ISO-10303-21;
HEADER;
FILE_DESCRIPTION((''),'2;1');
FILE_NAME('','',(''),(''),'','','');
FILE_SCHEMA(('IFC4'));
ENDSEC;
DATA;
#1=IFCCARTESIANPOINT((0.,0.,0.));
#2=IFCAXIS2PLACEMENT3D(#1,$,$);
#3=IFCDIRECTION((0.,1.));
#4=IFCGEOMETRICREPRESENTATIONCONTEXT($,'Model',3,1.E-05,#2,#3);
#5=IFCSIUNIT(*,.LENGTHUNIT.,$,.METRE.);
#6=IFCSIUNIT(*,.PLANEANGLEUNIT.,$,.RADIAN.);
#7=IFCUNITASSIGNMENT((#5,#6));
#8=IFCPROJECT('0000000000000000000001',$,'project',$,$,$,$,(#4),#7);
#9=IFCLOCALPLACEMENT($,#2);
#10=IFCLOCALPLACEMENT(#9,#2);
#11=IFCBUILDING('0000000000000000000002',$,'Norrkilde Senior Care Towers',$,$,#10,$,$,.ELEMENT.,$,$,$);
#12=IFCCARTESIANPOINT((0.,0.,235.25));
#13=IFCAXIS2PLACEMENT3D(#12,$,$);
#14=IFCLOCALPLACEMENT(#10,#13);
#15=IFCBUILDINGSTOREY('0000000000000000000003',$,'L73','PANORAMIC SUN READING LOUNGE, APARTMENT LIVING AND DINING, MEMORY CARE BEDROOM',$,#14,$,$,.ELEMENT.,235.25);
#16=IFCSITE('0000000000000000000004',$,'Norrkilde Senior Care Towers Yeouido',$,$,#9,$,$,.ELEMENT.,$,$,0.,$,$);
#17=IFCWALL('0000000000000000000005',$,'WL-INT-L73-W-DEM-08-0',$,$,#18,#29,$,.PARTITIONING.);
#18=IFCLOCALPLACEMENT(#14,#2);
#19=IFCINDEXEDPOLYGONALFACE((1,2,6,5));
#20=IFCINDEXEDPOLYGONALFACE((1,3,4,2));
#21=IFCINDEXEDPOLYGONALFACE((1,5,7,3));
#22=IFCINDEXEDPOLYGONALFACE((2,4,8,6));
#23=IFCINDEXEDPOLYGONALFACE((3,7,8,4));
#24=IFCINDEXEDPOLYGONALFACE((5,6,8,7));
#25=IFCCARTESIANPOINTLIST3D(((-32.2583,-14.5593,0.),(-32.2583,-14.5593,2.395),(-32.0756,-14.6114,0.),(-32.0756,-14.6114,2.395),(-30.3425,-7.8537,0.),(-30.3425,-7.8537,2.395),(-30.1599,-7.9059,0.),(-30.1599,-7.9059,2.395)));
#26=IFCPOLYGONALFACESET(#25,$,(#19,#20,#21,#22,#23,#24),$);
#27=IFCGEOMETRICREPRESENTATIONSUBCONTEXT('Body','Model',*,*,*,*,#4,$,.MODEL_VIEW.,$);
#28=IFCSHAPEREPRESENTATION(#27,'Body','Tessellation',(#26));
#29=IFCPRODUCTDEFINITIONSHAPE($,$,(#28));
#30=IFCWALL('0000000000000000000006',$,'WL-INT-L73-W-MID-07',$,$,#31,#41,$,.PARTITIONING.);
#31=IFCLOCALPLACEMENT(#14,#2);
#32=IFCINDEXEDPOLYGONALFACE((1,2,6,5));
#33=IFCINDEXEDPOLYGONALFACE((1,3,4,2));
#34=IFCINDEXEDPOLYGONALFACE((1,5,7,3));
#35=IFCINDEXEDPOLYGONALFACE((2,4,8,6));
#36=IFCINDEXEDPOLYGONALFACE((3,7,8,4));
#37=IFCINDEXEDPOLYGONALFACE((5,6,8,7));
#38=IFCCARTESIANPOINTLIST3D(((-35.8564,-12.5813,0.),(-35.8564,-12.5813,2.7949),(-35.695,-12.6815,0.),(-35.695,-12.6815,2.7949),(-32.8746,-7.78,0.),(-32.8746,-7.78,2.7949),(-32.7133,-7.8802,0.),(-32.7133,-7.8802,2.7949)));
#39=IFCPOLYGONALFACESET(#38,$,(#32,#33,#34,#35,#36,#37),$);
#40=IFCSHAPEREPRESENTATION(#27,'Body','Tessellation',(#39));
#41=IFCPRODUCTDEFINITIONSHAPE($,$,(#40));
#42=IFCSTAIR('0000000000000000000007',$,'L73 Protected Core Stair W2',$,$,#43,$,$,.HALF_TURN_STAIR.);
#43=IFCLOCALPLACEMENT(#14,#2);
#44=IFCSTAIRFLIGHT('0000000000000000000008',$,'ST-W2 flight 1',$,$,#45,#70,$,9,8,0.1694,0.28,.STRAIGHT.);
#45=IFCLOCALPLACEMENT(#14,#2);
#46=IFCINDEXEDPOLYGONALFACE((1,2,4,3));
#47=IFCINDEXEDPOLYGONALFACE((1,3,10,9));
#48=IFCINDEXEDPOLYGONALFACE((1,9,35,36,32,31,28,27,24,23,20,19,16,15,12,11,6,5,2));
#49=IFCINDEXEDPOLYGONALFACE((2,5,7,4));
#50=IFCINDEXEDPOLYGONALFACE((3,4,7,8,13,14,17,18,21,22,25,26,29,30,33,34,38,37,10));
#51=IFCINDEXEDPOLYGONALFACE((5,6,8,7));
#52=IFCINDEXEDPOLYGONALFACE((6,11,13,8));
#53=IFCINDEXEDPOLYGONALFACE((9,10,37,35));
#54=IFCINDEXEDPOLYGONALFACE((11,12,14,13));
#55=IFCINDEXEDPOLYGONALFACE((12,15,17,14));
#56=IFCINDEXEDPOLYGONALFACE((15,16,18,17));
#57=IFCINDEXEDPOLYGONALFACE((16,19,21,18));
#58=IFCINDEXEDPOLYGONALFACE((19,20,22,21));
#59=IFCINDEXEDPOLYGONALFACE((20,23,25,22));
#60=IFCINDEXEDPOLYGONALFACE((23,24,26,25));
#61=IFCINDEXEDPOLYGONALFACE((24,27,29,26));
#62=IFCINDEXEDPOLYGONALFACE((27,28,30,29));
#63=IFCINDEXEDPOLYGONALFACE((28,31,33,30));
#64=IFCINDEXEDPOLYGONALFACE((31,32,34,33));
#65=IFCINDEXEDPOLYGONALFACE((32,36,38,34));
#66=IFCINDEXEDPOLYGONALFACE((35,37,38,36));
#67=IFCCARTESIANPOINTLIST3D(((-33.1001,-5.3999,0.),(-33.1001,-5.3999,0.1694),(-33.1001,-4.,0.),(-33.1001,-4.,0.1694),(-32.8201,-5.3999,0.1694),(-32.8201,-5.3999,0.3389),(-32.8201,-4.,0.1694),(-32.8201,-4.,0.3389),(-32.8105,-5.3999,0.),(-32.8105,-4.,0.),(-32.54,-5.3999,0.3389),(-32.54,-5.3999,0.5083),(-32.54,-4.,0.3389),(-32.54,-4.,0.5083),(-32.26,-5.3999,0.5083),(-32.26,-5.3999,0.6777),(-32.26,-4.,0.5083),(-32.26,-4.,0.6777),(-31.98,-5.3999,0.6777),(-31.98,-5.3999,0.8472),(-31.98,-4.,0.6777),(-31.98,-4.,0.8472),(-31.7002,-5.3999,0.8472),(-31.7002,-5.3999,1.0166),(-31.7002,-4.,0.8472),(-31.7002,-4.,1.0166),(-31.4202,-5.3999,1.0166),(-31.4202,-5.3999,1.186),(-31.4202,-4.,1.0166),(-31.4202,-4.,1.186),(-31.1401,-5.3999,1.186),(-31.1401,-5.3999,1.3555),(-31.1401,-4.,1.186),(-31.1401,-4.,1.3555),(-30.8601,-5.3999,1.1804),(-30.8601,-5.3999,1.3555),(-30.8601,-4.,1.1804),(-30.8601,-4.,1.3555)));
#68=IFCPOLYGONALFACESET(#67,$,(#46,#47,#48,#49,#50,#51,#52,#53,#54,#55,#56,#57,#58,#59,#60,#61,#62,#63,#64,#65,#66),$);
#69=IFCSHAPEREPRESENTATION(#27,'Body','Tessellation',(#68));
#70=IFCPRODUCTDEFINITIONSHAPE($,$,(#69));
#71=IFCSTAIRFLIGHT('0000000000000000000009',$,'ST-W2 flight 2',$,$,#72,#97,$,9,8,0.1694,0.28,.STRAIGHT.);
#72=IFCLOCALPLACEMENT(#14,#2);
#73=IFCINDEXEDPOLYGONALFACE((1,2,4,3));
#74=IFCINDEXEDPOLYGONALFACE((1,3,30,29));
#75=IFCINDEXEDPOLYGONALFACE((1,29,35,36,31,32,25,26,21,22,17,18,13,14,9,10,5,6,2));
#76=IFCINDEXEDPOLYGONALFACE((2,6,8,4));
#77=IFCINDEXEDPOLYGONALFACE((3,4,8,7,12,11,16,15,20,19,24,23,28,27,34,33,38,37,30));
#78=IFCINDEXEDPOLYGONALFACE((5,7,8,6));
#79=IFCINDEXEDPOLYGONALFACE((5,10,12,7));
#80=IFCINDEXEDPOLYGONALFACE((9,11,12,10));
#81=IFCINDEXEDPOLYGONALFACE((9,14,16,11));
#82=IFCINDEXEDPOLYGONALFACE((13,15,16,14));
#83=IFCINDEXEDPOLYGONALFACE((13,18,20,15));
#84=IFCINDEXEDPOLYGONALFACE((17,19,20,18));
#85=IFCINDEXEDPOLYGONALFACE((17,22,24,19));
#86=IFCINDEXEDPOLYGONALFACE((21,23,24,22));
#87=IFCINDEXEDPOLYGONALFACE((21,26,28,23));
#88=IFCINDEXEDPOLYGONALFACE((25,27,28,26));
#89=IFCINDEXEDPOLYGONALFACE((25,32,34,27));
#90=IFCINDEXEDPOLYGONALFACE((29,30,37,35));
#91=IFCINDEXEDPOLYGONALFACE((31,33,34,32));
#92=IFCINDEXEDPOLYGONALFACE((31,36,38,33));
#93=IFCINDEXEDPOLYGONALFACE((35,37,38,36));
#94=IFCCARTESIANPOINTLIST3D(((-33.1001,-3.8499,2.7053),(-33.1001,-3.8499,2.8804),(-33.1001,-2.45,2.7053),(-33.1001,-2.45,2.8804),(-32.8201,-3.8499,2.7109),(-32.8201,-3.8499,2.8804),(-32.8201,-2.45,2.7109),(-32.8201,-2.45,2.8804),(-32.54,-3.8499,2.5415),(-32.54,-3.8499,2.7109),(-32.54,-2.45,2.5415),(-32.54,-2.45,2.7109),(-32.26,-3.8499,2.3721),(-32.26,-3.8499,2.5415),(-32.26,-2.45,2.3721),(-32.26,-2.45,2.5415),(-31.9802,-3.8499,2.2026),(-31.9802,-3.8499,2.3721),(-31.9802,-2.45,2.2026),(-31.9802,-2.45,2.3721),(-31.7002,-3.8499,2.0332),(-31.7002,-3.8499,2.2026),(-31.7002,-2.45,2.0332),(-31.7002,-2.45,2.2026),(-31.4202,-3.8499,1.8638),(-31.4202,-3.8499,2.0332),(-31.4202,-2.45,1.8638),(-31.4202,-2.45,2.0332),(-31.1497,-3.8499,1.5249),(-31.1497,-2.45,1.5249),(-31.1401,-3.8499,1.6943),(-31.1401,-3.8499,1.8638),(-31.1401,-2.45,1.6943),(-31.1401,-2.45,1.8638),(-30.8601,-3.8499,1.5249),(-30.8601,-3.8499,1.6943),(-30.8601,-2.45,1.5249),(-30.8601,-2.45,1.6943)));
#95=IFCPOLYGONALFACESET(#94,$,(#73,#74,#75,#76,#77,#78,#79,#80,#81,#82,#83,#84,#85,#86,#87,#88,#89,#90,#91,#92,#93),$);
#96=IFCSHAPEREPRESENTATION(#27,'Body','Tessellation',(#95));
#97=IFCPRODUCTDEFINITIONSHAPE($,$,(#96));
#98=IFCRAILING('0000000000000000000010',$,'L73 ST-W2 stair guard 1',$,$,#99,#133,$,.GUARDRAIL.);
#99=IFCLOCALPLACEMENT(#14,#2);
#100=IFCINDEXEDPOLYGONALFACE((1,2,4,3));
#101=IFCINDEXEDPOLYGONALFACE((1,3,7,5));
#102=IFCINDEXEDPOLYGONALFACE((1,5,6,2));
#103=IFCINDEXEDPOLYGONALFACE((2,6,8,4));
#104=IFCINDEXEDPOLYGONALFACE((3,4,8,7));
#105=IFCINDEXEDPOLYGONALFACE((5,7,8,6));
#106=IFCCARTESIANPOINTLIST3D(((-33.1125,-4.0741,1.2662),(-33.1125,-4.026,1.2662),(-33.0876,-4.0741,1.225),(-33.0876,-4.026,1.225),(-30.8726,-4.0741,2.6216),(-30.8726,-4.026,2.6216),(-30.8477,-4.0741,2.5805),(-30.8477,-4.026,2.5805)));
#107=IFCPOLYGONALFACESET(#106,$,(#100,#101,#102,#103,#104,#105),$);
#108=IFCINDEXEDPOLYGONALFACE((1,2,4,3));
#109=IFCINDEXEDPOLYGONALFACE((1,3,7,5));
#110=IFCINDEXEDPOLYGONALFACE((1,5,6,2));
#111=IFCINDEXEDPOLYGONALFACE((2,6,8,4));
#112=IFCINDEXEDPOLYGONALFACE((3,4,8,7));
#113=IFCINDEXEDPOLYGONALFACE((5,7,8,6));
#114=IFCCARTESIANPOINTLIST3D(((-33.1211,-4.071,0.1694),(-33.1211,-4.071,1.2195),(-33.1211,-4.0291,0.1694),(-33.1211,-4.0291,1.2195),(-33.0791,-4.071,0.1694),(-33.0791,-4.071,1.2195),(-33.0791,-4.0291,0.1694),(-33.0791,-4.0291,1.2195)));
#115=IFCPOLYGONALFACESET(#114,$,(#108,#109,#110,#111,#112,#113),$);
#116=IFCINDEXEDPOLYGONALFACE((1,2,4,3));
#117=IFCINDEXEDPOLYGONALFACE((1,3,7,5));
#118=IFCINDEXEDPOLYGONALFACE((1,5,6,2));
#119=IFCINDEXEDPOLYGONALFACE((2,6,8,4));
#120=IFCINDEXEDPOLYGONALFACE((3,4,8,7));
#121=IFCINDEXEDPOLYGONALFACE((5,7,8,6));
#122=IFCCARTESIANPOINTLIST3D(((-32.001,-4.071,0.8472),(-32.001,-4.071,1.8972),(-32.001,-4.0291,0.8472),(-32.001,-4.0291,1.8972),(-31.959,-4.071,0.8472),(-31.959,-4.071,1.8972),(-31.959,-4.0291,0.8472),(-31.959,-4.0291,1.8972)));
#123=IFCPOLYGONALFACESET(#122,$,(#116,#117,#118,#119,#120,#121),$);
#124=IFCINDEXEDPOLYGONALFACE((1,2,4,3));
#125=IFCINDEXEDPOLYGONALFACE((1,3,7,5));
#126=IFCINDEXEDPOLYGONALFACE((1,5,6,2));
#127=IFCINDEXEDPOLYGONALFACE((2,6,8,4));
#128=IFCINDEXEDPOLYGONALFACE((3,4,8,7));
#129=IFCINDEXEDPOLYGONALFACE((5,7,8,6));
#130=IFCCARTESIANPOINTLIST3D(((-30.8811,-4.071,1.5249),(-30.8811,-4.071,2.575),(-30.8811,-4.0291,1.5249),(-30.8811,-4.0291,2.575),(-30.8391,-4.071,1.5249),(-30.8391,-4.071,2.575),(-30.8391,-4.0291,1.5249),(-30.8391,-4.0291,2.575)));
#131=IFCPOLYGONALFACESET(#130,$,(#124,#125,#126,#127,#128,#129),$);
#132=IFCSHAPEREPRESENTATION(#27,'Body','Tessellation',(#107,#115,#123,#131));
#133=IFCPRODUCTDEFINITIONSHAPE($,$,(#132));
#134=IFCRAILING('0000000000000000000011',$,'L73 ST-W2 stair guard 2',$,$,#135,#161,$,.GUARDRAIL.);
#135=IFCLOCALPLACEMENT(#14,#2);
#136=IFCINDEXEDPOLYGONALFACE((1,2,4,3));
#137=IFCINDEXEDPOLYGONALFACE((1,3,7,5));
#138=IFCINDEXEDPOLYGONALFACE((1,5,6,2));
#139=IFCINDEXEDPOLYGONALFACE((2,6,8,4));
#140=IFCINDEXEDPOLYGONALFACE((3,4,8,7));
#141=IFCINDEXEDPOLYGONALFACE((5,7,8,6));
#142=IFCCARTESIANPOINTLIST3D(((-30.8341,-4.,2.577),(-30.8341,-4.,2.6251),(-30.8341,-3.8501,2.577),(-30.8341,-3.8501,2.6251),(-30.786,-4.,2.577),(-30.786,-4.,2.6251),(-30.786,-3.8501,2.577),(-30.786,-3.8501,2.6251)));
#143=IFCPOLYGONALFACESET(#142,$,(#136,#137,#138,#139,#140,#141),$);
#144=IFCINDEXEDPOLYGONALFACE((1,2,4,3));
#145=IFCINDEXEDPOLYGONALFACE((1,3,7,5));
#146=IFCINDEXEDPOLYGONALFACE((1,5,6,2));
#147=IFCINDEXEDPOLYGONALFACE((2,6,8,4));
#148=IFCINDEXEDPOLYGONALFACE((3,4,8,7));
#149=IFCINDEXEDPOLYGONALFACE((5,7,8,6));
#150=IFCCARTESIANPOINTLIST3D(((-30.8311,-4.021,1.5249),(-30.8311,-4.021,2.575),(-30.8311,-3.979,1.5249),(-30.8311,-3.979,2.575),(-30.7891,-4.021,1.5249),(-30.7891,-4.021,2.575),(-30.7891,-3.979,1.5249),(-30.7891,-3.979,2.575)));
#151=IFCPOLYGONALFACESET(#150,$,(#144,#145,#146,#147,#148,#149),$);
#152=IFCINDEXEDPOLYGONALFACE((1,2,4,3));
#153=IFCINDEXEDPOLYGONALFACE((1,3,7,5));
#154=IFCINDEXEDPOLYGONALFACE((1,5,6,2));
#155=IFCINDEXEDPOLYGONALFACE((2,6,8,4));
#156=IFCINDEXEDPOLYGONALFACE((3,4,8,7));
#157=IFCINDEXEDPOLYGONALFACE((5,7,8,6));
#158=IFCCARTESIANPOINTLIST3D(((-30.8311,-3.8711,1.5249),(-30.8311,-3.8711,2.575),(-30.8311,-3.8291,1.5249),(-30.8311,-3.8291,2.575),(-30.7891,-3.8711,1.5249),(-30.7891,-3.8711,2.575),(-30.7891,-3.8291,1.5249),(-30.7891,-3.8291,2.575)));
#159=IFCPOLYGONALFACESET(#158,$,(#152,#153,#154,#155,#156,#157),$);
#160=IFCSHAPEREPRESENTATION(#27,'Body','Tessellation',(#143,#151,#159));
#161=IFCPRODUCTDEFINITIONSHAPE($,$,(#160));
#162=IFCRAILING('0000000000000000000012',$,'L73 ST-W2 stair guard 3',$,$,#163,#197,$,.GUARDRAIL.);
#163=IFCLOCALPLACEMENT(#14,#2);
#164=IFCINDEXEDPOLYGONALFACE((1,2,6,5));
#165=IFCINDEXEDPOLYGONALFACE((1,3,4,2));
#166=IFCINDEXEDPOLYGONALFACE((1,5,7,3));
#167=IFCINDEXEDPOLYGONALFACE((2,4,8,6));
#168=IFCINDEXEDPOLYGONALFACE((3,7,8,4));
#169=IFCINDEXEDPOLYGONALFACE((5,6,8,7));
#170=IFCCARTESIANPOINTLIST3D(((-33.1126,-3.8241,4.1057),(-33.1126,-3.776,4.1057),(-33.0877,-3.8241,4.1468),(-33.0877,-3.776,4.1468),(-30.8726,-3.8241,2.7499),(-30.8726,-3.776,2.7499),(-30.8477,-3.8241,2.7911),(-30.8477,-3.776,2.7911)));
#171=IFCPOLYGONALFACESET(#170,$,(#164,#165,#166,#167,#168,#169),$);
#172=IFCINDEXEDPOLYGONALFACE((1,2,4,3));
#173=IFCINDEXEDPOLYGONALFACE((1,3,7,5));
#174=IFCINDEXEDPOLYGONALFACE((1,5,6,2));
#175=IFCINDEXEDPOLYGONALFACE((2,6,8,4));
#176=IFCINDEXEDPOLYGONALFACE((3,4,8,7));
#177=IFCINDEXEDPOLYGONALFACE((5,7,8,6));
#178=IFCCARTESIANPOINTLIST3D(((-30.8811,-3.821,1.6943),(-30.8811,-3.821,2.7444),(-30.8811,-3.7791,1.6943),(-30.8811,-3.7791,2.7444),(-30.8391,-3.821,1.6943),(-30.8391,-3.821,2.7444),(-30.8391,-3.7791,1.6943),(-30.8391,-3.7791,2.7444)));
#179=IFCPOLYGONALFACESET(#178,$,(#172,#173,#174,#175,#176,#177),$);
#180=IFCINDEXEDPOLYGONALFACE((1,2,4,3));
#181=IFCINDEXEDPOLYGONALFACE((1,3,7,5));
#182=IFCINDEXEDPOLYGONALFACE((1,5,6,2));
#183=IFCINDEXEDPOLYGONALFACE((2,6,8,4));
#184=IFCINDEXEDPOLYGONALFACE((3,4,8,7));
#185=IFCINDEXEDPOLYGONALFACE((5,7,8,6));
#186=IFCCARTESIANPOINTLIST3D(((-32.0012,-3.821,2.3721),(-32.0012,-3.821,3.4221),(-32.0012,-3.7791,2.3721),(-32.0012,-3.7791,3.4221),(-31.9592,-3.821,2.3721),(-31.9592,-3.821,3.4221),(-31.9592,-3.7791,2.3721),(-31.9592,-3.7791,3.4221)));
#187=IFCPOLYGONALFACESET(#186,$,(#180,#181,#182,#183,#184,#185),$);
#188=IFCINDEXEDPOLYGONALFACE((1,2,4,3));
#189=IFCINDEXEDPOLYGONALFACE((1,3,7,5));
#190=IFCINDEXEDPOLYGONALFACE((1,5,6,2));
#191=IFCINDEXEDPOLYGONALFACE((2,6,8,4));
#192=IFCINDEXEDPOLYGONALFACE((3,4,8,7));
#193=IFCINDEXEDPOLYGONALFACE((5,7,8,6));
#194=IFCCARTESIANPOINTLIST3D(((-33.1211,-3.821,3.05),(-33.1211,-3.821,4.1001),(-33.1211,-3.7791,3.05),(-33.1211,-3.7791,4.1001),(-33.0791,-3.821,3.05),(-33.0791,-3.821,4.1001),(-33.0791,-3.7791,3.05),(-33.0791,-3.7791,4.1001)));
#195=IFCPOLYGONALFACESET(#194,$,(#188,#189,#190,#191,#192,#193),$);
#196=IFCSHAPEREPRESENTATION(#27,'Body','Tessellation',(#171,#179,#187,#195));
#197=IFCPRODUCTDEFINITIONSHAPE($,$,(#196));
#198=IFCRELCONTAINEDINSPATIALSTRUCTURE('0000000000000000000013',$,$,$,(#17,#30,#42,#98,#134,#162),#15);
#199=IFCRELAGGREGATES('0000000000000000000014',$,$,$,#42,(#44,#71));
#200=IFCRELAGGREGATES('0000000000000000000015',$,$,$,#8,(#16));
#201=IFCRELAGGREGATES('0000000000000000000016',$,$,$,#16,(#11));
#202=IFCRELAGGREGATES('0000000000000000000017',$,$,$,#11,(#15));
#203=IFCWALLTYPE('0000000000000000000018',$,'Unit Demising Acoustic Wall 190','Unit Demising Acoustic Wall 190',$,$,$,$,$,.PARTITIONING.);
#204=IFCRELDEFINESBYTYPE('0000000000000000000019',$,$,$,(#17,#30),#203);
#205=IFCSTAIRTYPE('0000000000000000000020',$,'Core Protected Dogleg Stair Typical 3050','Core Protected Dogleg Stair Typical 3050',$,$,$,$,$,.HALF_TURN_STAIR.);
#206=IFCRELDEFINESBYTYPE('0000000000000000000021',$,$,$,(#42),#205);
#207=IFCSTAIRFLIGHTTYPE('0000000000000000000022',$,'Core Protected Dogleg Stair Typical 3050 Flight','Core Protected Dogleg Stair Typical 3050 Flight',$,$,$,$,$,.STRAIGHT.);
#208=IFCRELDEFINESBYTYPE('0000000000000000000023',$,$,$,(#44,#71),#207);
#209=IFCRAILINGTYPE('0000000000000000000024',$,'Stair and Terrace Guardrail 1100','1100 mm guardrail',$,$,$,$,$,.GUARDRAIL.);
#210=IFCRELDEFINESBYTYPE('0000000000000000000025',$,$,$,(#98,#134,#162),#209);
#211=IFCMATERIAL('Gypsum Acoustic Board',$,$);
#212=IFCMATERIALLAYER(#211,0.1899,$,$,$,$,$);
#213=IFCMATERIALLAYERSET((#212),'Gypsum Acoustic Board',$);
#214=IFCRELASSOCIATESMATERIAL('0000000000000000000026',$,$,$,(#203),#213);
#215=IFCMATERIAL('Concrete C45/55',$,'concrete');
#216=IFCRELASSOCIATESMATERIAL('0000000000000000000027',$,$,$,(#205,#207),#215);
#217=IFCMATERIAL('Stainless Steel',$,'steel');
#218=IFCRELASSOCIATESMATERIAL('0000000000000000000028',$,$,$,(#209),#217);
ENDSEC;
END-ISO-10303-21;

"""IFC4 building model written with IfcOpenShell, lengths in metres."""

from ifc_helpers import new_model, si_unit, direction, frame, frame_2d, origin, origin_2d, place, context, subcontext, project, spatial, polyline, rectangle, outline, extrude, source, transform, mapped, material, layer, layer_set, type_object, type_shapes, element, aggregate, save


model = new_model("IFC4")

# Units and contexts
model_context = context("Model", 3, precision=1e-05, world=origin(), true_north=direction((0.0, 1.0)))
body_context = subcontext(model_context, "Body", "Model", "MODEL_VIEW")
ifc_project = project(units=[si_unit("LENGTHUNIT", "METRE"), si_unit("PLANEANGLEUNIT", "RADIAN")], contexts=[model_context])

# Site, building, storey
site_placement = place(None, origin())
site = spatial("IfcSite", under=ifc_project, at=site_placement, Name="Norrkilde Senior Care Towers Yeouido", CompositionType="ELEMENT", RefElevation=0.0)
building_placement = place(site_placement, origin())
building = spatial("IfcBuilding", under=site, at=building_placement, Name="Norrkilde Senior Care Towers", CompositionType="ELEMENT")
storey_placement = place(building_placement, frame((0.0, 0.0, 235.25)))
storey = spatial("IfcBuildingStorey", under=building, at=storey_placement, Name="L73", Description="PANORAMIC SUN READING LOUNGE, APARTMENT LIVING AND DINING, MEMORY CARE BEDROOM", CompositionType="ELEMENT", Elevation=235.25)

# Shared definitions
ifc_material_1 = material(Name="Gypsum Acoustic Board")

# Shared definitions
ifc_material_2 = material(Name="Concrete C45/55", Category="concrete")

# Walls
ifc_layer_1 = layer(ifc_material_1, 0.1899)
ifc_layer_set_1 = layer_set([ifc_layer_1], Name="Gypsum Acoustic Board")
wall_type_1 = type_object("IfcWallType", Name="Unit Demising Acoustic Wall 190", Description="Unit Demising Acoustic Wall 190", PredefinedType="PARTITIONING", material=ifc_layer_set_1)
shared_shape_1 = source(origin(), body_context, "Body", "SweptSolid", [
    extrude(rectangle(XDim=6.9739, YDim=0.1899, at=frame_2d((3.4868, 0.0))), origin(), (0.0, 0.0, 1.0), 2.395),
])
wall_1_placement = place(storey_placement, frame((-30.2512, -7.8799, 0.0), z_axis=(0.0, 0.0, 1.0), x_axis=(-0.274707, -0.961528, 0.0)))
element("IfcWall", 1, at=wall_1_placement, inside=storey, type_object=wall_type_1, Name="WL-INT-L73-W-DEM-08-0", PredefinedType="PARTITIONING", context=body_context, shape_type="MappedRepresentation", body=[
    mapped(shared_shape_1, transform((0.0, 0.0, 0.0), x_axis=(1.0, 0.0, 0.0), y_axis=(0.0, 1.0, 0.0), z_axis=(0.0, 0.0, 1.0), scale=1.0)),
])
shared_shape_2 = source(origin(), body_context, "Body", "SweptSolid", [
    extrude(rectangle(XDim=5.6519, YDim=0.1899, at=frame_2d((2.8259, 0.0))), origin(), (0.0, 0.0, 1.0), 2.7949),
])
type_shapes(wall_type_1, [shared_shape_1, shared_shape_2])
wall_2_placement = place(storey_placement, frame((-32.7939, -7.8301, 0.0), z_axis=(0.0, 0.0, 1.0), x_axis=(-0.527566, -0.849514, 0.0)))
element("IfcWall", 2, at=wall_2_placement, inside=storey, type_object=wall_type_1, Name="WL-INT-L73-W-MID-07", PredefinedType="PARTITIONING", context=body_context, shape_type="MappedRepresentation", body=[
    mapped(shared_shape_2, transform((0.0, 0.0, 0.0), x_axis=(1.0, 0.0, 0.0), y_axis=(0.0, 1.0, 0.0), z_axis=(0.0, 0.0, 1.0), scale=1.0)),
])

# Stair, stair flights
stair_type = type_object("IfcStairType", Name="Core Protected Dogleg Stair Typical 3050", Description="Core Protected Dogleg Stair Typical 3050", PredefinedType="HALF_TURN_STAIR", material=ifc_material_2)
stair_placement = place(storey_placement, origin())
stair = element("IfcStair", 3, at=stair_placement, inside=storey, type_object=stair_type, Name="L73 Protected Core Stair W2", PredefinedType="HALF_TURN_STAIR")
stair_flight_type = type_object("IfcStairFlightType", Name="Core Protected Dogleg Stair Typical 3050 Flight", Description="Core Protected Dogleg Stair Typical 3050 Flight", PredefinedType="STRAIGHT", material=ifc_material_2)
stair_flight_1_placement = place(storey_placement, frame((-33.1001, -4.7, 0.0), z_axis=(0.0, 0.0, 1.0), x_axis=(1.0, 0.0, 0.0)))
stair_flight_1 = element("IfcStairFlight", 4, at=stair_flight_1_placement, type_object=stair_flight_type, Name="ST-W2 flight 1", NumberOfRisers=9, NumberOfTreads=8, PredefinedType="STRAIGHT", RiserHeight=0.1694, TreadLength=0.28, context=body_context, shape_type="SweptSolid", body=[
    extrude(outline(polyline([(0.0, 0.0), (0.0, 0.1694), (0.28, 0.1694), (0.28, 0.3389), (0.5601, 0.3389), (0.5601, 0.5083), (0.8401, 0.5083), (0.8401, 0.6777), (1.1201, 0.6777), (1.1201, 0.8472), (1.3999, 0.8472), (1.3999, 1.0166), (1.6799, 1.0166), (1.6799, 1.186), (1.96, 1.186), (1.96, 1.3555), (2.24, 1.3555), (2.24, 1.5249), (2.24, 1.1804), (0.2896, 0.0), (0.0, 0.0)])), frame((0.0, 0.7, 0.0), z_axis=(0.0, -1.0, 0.0), x_axis=(1.0, 0.0, 0.0)), (0.0, 0.0, 1.0), 1.3999),
])
stair_flight_2_placement = place(storey_placement, frame((-30.8601, -3.1499, 1.5249), z_axis=(0.0, 0.0, 1.0), x_axis=(-1.0, 0.0, 0.0)))
stair_flight_2 = element("IfcStairFlight", 5, at=stair_flight_2_placement, type_object=stair_flight_type, Name="ST-W2 flight 2", NumberOfRisers=9, NumberOfTreads=8, PredefinedType="STRAIGHT", RiserHeight=0.1694, TreadLength=0.28, context=body_context, shape_type="SweptSolid", body=[
    extrude(outline(polyline([(0.0, 0.0), (0.0, 0.1694), (0.28, 0.1694), (0.28, 0.3389), (0.5601, 0.3389), (0.5601, 0.5083), (0.8401, 0.5083), (0.8401, 0.6777), (1.1201, 0.6777), (1.1201, 0.8472), (1.3999, 0.8472), (1.3999, 1.0166), (1.6799, 1.0166), (1.6799, 1.186), (1.96, 1.186), (1.96, 1.3555), (2.24, 1.3555), (2.24, 1.5249), (2.24, 1.1804), (0.2896, 0.0), (0.0, 0.0)])), frame((0.0, 0.7, 0.0), z_axis=(0.0, -1.0, 0.0), x_axis=(1.0, 0.0, 0.0)), (0.0, 0.0, 1.0), 1.3999),
])
aggregate(stair, [stair_flight_1, stair_flight_2])

# Railings
ifc_material_3 = material(Name="Stainless Steel", Category="steel")
railing_type_1 = type_object("IfcRailingType", Name="Stair and Terrace Guardrail 1100", Description="1100 mm guardrail", PredefinedType="GUARDRAIL", material=ifc_material_3)
railing_1_placement = place(storey_placement, frame((-33.1001, -4.05, 0.1694)))
element("IfcRailing", 6, at=railing_1_placement, inside=storey, type_object=railing_type_1, Name="L73 ST-W2 stair guard 1", PredefinedType="GUARDRAIL", context=body_context, shape_type="SweptSolid", body=[
    extrude(rectangle(XDim=0.0481, YDim=0.0481, at=origin_2d()), frame((0.0, 0.0, 1.0762), z_axis=(0.855553, 0.0, 0.517715), x_axis=(0.0, 1.0, 0.0)), (0.0, 0.0, 1.0), 2.6182),
    extrude(rectangle(XDim=0.042, YDim=0.042, at=origin_2d()), origin(), (0.0, 0.0, 1.0), 1.05),
    extrude(rectangle(XDim=0.042, YDim=0.042, at=origin_2d()), frame((1.1201, 0.0, 0.6777)), (0.0, 0.0, 1.0), 1.05),
    extrude(rectangle(XDim=0.042, YDim=0.042, at=origin_2d()), frame((2.24, 0.0, 1.3555)), (0.0, 0.0, 1.0), 1.05),
])
railing_2_placement = place(storey_placement, frame((-30.8101, -4.0, 1.5249)))
element("IfcRailing", 7, at=railing_2_placement, inside=storey, type_object=railing_type_1, Name="L73 ST-W2 stair guard 2", PredefinedType="GUARDRAIL", context=body_context, shape_type="SweptSolid", body=[
    extrude(rectangle(XDim=0.0481, YDim=0.0481, at=origin_2d()), frame((0.0, 0.0, 1.0762), z_axis=(0.0, 1.0, 0.0), x_axis=(-1.0, 0.0, 0.0)), (0.0, 0.0, 1.0), 0.1499),
    extrude(rectangle(XDim=0.042, YDim=0.042, at=origin_2d()), origin(), (0.0, 0.0, 1.0), 1.05),
    extrude(rectangle(XDim=0.042, YDim=0.042, at=origin_2d()), frame((0.0, 0.1499, 0.0)), (0.0, 0.0, 1.0), 1.05),
])
railing_3_placement = place(storey_placement, frame((-30.8601, -3.8, 1.6943)))
element("IfcRailing", 8, at=railing_3_placement, inside=storey, type_object=railing_type_1, Name="L73 ST-W2 stair guard 3", PredefinedType="GUARDRAIL", context=body_context, shape_type="SweptSolid", body=[
    extrude(rectangle(XDim=0.0481, YDim=0.0481, at=origin_2d()), frame((0.0, 0.0, 1.0762), z_axis=(-0.855512, 0.0, 0.517783), x_axis=(0.0, -1.0, 0.0)), (0.0, 0.0, 1.0), 2.6184),
    extrude(rectangle(XDim=0.042, YDim=0.042, at=origin_2d()), origin(), (0.0, 0.0, 1.0), 1.05),
    extrude(rectangle(XDim=0.042, YDim=0.042, at=origin_2d()), frame((-1.1201, 0.0, 0.6777)), (0.0, 0.0, 1.0), 1.05),
    extrude(rectangle(XDim=0.042, YDim=0.042, at=origin_2d()), frame((-2.24, 0.0, 1.3557)), (0.0, 0.0, 1.0), 1.05),
])

save(model, "model.ifc")
